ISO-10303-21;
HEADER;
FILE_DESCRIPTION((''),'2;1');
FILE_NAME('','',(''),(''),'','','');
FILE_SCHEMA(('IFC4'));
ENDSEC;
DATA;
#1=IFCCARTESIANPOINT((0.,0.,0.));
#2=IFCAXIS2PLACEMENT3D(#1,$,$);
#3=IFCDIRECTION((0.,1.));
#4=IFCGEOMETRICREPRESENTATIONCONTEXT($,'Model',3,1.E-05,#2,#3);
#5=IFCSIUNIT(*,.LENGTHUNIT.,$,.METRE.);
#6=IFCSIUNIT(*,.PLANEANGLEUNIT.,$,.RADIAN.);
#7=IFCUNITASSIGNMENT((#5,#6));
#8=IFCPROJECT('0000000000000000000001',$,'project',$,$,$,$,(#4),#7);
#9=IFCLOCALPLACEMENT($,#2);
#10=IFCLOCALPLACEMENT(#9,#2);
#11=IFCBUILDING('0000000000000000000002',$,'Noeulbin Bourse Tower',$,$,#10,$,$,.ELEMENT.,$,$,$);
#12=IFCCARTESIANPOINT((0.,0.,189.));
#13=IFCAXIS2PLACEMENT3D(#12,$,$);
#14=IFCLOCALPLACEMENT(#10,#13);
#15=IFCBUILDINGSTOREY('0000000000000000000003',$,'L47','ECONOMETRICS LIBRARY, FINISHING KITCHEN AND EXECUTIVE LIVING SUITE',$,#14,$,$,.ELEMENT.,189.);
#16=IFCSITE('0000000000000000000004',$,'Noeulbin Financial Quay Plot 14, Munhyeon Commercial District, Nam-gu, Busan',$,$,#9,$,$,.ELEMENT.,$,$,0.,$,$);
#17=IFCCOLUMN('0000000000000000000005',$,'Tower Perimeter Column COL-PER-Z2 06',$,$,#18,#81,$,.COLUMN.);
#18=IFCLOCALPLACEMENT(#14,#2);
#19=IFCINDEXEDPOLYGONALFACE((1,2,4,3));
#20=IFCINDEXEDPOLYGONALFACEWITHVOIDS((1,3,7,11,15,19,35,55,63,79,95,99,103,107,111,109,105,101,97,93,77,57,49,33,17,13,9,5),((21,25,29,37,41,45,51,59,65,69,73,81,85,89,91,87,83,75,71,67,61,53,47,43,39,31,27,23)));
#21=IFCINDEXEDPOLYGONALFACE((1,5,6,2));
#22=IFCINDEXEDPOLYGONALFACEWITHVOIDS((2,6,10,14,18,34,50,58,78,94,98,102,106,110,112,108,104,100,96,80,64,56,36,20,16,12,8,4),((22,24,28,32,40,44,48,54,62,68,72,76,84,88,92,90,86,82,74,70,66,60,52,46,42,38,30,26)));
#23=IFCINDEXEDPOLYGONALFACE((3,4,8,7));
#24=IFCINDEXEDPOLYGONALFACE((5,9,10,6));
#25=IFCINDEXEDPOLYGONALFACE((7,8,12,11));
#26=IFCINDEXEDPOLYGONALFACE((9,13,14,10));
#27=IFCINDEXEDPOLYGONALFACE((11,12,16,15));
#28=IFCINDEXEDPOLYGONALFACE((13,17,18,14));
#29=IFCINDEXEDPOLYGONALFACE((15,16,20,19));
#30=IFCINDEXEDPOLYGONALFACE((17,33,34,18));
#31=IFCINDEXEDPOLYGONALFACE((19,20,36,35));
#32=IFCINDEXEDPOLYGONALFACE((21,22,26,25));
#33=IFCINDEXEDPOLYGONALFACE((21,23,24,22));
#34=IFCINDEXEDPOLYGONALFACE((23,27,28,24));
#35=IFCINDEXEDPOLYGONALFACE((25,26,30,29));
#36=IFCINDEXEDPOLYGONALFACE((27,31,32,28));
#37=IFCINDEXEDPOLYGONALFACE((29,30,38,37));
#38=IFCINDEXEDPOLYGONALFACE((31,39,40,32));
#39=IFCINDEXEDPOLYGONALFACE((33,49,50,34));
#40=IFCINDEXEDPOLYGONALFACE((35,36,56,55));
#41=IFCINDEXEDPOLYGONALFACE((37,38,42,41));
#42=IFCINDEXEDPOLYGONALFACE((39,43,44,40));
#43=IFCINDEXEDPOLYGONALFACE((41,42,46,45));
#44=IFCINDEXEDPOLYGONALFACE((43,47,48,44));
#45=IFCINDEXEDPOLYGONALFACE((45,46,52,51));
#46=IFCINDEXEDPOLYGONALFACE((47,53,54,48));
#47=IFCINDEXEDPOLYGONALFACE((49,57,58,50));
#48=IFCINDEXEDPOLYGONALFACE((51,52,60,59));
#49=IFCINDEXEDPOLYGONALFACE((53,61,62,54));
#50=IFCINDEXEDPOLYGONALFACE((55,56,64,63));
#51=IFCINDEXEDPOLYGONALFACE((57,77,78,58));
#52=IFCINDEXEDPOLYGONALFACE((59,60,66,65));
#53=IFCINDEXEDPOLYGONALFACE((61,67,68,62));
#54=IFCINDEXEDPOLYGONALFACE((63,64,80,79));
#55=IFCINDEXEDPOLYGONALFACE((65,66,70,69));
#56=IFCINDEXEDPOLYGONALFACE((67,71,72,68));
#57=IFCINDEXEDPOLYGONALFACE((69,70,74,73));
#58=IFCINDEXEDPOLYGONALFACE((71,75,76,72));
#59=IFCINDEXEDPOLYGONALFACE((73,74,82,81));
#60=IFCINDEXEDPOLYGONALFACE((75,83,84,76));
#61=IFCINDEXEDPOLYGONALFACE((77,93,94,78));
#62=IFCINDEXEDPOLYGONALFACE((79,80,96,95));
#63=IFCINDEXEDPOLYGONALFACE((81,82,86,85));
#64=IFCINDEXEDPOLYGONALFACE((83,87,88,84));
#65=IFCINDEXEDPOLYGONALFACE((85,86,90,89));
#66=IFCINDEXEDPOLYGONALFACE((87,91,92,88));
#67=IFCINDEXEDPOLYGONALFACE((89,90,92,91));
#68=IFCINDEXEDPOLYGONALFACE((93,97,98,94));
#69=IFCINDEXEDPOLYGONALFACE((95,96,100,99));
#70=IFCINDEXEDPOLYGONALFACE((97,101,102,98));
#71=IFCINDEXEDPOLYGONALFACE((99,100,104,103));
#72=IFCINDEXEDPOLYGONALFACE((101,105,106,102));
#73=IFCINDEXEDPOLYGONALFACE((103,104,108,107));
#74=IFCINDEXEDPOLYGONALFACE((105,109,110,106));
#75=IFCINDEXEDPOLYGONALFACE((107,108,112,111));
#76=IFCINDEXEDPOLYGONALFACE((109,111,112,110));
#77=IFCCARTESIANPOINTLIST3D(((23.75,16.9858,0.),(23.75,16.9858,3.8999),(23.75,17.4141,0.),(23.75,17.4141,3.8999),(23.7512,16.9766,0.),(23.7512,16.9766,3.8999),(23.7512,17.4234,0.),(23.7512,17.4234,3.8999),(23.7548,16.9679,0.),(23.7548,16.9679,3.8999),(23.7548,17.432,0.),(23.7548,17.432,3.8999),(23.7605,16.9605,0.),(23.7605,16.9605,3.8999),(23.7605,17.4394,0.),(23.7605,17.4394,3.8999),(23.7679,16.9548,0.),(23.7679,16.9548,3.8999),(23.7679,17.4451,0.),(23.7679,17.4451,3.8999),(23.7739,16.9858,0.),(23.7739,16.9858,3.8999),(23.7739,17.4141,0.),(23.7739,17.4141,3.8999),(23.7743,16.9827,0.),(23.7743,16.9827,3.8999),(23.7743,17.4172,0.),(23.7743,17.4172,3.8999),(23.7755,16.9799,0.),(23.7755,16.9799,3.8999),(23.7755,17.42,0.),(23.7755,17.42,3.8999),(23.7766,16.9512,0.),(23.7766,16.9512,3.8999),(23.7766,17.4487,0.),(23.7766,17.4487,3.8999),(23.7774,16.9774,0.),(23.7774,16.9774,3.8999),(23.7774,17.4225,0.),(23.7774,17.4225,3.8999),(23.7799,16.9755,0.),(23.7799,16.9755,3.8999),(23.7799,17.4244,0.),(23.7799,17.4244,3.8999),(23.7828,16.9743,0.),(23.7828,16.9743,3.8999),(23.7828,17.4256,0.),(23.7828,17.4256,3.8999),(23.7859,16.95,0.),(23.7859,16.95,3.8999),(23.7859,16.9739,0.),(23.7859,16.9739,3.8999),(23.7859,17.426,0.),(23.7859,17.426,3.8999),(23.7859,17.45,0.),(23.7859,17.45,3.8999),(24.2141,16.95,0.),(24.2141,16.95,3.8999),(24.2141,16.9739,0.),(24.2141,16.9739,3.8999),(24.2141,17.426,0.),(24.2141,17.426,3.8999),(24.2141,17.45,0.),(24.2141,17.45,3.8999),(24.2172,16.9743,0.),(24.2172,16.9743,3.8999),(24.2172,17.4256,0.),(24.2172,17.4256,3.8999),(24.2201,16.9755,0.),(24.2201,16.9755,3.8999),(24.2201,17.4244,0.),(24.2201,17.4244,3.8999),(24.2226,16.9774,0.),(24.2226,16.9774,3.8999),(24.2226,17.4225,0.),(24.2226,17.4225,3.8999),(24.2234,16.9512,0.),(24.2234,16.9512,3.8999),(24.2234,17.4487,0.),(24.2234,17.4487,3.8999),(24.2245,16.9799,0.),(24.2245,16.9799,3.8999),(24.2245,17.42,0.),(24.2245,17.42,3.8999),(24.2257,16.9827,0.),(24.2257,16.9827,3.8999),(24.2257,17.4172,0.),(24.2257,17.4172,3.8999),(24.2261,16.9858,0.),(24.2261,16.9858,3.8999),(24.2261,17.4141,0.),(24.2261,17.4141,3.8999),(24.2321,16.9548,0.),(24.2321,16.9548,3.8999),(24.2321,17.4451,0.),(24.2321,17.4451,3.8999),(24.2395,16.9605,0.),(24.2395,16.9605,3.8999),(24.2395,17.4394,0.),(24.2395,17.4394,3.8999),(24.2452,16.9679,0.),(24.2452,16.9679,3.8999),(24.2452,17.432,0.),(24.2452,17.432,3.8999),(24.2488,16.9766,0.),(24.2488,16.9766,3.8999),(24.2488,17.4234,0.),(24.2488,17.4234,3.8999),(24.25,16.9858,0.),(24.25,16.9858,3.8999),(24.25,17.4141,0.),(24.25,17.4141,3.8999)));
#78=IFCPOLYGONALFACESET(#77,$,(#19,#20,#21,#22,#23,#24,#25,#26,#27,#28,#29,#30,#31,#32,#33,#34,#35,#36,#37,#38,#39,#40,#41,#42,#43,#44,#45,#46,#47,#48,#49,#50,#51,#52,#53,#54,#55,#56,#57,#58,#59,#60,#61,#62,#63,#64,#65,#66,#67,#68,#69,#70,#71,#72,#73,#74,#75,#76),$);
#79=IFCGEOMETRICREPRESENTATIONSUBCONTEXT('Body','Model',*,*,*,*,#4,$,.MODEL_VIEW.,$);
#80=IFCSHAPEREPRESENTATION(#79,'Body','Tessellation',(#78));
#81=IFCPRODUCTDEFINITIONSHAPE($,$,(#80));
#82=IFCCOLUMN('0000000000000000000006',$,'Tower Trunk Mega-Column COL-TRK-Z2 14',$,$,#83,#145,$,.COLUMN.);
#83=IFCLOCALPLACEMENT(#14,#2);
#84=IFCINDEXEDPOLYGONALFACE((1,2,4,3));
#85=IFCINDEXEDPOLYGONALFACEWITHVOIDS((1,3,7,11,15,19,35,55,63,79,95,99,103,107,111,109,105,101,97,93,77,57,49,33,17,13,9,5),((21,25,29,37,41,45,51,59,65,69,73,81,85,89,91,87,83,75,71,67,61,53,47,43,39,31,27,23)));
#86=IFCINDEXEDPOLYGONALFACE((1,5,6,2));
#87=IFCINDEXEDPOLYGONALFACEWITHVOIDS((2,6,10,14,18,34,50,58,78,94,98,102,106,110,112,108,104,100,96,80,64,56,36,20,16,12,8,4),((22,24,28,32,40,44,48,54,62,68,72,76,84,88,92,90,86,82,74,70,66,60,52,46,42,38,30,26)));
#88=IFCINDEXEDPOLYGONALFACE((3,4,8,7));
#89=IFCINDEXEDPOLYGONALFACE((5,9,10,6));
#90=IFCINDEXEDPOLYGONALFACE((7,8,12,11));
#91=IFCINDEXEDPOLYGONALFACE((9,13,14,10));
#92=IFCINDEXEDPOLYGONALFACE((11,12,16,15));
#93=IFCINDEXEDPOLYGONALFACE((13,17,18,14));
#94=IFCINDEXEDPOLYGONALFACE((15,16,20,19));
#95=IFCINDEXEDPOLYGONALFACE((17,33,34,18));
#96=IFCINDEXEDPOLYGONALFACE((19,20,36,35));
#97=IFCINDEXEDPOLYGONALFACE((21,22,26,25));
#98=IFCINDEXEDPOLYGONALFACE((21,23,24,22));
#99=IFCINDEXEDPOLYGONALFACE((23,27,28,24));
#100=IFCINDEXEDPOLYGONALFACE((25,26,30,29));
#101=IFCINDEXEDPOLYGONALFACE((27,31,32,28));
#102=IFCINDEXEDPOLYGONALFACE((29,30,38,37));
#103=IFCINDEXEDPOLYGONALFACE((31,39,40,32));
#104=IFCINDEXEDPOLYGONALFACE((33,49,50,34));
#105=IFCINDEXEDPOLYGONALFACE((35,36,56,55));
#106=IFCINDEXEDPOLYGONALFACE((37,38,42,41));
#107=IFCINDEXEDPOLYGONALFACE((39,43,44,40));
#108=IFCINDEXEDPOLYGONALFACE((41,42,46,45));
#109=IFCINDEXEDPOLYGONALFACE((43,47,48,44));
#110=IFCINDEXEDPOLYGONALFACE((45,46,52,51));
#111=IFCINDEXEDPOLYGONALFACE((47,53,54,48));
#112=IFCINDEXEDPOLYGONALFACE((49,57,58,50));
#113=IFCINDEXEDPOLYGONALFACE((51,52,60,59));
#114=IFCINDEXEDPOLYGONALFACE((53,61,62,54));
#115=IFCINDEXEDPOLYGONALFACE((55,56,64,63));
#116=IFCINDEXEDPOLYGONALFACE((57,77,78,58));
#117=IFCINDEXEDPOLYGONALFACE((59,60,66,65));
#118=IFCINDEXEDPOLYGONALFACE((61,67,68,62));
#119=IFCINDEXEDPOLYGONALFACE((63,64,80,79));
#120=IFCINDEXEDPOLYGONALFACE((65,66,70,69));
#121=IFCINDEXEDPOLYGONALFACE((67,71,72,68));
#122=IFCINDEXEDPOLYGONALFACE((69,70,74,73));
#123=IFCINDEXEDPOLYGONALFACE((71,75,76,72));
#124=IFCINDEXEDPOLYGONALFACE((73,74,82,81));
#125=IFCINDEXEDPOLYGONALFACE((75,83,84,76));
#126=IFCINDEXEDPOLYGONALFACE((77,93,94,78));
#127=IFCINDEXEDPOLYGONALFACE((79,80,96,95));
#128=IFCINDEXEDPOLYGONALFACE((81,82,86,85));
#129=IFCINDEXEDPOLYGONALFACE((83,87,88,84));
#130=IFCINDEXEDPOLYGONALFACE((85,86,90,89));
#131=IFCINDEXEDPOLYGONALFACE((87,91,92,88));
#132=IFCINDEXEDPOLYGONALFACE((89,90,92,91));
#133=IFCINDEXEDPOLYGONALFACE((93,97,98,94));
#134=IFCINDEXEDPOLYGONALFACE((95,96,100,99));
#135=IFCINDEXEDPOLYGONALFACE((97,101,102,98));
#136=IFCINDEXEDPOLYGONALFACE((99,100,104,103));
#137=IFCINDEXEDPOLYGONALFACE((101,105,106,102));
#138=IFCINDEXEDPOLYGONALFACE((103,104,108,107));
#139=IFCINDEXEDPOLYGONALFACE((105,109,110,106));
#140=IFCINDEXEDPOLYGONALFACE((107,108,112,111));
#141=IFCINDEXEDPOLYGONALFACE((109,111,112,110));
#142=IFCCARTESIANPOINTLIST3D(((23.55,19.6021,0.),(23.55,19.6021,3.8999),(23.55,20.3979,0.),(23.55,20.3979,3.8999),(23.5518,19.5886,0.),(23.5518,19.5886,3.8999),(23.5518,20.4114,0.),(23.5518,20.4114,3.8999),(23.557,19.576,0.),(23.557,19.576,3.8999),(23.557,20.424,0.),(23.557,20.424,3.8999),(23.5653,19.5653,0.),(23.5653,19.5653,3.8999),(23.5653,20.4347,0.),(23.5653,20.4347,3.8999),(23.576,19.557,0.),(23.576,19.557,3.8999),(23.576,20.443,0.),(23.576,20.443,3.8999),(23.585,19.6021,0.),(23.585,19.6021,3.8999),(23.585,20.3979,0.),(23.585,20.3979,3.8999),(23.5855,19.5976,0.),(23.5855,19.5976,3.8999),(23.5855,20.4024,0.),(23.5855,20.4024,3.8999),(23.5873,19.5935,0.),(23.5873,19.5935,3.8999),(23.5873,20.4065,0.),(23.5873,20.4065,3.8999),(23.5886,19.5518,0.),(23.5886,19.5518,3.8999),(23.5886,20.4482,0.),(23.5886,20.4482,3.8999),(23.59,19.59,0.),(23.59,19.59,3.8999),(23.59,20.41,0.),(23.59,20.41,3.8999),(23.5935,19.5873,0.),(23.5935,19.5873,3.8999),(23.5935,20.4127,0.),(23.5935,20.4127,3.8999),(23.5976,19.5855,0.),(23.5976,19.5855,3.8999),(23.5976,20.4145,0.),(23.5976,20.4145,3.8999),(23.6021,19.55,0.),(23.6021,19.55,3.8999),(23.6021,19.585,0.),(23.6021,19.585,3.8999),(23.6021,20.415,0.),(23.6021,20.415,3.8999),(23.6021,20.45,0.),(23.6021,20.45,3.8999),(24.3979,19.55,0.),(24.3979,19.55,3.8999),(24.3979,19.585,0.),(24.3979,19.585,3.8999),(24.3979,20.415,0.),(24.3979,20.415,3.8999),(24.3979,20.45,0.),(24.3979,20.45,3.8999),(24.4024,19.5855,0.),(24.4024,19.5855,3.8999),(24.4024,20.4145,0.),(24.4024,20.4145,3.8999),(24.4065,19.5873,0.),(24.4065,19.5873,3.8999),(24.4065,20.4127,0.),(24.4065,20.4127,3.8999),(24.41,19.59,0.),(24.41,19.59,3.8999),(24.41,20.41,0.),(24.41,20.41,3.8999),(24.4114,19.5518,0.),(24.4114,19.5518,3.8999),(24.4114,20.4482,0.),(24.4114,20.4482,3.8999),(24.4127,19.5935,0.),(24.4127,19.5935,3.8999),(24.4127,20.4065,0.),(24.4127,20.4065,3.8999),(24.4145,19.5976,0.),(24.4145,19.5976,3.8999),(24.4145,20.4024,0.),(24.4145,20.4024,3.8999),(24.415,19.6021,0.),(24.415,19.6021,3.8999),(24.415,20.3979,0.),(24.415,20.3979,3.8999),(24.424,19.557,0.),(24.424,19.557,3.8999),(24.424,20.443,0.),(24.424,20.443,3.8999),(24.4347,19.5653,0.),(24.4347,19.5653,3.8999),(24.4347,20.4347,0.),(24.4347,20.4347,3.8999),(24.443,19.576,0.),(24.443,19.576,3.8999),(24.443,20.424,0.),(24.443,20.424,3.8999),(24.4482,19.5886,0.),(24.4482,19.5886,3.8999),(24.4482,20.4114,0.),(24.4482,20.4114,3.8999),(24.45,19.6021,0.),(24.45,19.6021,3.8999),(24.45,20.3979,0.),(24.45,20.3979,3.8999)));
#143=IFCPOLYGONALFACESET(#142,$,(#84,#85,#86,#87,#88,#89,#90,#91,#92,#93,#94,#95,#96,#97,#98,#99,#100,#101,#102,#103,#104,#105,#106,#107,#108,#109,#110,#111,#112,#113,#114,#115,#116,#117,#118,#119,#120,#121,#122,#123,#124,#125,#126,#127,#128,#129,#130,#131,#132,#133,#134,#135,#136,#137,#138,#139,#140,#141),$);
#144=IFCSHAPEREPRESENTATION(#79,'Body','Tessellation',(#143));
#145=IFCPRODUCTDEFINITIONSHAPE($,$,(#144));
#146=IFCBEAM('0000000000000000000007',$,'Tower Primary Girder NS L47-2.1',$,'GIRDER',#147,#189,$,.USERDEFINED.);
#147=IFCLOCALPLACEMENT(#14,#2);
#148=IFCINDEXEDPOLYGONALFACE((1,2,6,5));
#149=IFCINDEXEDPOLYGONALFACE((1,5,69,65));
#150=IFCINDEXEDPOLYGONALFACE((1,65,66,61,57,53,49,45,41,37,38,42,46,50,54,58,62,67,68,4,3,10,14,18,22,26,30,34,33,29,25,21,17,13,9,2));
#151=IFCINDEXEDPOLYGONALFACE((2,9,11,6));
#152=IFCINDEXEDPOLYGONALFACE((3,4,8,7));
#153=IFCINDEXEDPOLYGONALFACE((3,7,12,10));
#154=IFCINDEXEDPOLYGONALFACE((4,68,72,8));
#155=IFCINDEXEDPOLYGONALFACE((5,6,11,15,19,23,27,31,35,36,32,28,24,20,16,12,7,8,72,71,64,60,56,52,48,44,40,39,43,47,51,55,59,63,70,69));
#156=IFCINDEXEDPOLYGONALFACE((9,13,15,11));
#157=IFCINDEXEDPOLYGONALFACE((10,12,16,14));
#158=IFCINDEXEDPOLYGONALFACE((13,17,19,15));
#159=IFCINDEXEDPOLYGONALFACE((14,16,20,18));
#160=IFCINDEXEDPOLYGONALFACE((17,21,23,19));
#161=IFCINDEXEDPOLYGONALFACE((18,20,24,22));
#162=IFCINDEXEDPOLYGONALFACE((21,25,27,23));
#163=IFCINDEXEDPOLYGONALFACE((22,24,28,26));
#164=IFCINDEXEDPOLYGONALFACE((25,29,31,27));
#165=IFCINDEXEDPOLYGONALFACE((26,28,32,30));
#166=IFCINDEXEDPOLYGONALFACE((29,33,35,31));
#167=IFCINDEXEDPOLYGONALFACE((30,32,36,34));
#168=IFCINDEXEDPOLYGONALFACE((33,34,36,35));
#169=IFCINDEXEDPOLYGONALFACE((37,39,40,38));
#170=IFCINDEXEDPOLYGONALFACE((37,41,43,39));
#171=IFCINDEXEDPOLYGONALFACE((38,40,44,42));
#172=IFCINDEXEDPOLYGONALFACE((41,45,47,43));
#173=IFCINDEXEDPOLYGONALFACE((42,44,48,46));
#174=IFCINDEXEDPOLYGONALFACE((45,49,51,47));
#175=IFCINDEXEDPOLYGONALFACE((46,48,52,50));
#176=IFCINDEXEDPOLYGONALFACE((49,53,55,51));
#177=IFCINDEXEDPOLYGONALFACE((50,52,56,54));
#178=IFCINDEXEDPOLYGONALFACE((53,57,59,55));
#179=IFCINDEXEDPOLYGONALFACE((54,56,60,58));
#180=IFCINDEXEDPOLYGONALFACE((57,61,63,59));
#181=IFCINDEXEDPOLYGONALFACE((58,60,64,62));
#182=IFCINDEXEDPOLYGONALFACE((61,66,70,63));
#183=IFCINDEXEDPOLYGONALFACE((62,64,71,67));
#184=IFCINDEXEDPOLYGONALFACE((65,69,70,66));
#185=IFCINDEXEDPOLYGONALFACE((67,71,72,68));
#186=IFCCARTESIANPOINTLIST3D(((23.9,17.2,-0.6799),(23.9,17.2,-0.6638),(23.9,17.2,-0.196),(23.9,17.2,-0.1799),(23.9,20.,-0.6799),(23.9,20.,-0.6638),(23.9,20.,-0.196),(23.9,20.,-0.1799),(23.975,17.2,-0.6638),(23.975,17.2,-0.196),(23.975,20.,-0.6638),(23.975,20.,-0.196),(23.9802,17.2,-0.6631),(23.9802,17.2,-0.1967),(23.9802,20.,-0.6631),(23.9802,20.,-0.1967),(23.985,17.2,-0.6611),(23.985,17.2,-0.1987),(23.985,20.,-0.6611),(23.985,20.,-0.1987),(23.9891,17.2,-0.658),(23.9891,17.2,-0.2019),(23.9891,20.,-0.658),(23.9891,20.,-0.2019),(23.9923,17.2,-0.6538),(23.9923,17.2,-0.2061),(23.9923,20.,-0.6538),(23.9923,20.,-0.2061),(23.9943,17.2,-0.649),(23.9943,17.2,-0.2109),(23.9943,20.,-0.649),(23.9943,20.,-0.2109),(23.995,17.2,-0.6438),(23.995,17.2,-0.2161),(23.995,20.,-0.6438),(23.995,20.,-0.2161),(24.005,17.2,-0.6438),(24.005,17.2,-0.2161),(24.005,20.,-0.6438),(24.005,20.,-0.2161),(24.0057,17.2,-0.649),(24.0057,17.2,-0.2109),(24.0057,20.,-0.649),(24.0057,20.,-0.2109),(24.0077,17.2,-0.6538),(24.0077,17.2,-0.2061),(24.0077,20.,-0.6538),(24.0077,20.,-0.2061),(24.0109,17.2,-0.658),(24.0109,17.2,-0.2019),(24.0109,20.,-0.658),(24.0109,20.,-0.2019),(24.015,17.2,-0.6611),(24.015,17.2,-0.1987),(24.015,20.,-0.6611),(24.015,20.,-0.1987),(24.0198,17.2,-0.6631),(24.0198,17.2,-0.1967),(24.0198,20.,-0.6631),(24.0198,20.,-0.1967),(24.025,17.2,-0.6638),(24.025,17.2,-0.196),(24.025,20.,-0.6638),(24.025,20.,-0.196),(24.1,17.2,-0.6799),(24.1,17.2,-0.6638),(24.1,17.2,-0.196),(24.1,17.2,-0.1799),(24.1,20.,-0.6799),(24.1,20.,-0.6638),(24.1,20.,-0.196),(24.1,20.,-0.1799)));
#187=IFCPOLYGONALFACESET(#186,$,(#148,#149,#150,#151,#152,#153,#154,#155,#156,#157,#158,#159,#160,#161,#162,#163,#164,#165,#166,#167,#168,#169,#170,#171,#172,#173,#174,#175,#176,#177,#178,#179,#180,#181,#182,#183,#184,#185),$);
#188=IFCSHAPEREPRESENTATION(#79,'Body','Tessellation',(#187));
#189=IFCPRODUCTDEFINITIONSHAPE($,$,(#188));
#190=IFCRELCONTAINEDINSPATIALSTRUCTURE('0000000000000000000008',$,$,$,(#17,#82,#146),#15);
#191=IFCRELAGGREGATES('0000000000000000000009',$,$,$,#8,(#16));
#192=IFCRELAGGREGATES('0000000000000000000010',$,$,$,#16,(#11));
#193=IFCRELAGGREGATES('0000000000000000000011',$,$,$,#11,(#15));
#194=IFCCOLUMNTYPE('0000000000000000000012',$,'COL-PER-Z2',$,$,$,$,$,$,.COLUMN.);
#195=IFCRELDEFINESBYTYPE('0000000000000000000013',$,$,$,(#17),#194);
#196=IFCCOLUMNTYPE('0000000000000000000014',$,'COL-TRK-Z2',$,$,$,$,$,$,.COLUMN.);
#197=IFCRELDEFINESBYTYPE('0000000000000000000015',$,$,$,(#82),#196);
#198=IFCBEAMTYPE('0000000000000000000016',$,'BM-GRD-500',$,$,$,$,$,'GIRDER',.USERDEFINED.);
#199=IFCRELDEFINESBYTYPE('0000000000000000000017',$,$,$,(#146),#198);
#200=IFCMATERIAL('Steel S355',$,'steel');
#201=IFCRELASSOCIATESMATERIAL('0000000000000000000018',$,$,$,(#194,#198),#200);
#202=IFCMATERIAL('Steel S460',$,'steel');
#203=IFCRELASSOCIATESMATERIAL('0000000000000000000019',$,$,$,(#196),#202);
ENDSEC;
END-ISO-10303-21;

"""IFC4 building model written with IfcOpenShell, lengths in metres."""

from ifc_helpers import new_model, si_unit, direction, frame, origin, origin_2d, place, context, subcontext, project, spatial, hollow_rectangle, i_section, extrude, material, material_profile, profile_set, type_object, element, save


model = new_model("IFC4")

# Units and contexts
model_context = context("Model", 3, precision=1e-05, world=origin(), true_north=direction((0.0, 1.0)))
body_context = subcontext(model_context, "Body", "Model", "MODEL_VIEW")
ifc_project = project(units=[si_unit("LENGTHUNIT", "METRE"), si_unit("PLANEANGLEUNIT", "RADIAN")], contexts=[model_context])

# Site, building, storey
site_placement = place(None, origin())
site = spatial("IfcSite", under=ifc_project, at=site_placement, Name="Noeulbin Financial Quay Plot 14, Munhyeon Commercial District, Nam-gu, Busan", CompositionType="ELEMENT", RefElevation=0.0)
building_placement = place(site_placement, origin())
building = spatial("IfcBuilding", under=site, at=building_placement, Name="Noeulbin Bourse Tower", CompositionType="ELEMENT")
storey_placement = place(building_placement, frame((0.0, 0.0, 189.0)))
storey = spatial("IfcBuildingStorey", under=building, at=storey_placement, Name="L47", Description="ECONOMETRICS LIBRARY, FINISHING KITCHEN AND EXECUTIVE LIVING SUITE", CompositionType="ELEMENT", Elevation=189.0)

# Columns
ifc_material_1 = material(Name="Steel S355", Category="steel")
ifc_material_profile_1 = material_profile(ifc_material_1, hollow_rectangle(XDim=0.5, YDim=0.5, WallThickness=0.0239, InnerFilletRadius=0.012, OuterFilletRadius=0.0359, at=origin_2d()), Name="BOX-500x500x24", Category="LoadBearing")
ifc_profile_set_1 = profile_set([ifc_material_profile_1], Name="Steel S355")
column_type_1 = type_object("IfcColumnType", Name="COL-PER-Z2", PredefinedType="COLUMN", material=ifc_profile_set_1)
column_1_placement = place(storey_placement, frame((24.0, 17.2, 0.0), z_axis=(0.0, 0.0, 1.0), x_axis=(1.0, 0.0, 0.0)))
element("IfcColumn", 1, at=column_1_placement, inside=storey, type_object=column_type_1, Name="Tower Perimeter Column COL-PER-Z2 06", PredefinedType="COLUMN", context=body_context, shape_type="SweptSolid", body=[
    extrude(hollow_rectangle(XDim=0.5, YDim=0.5, WallThickness=0.0239, InnerFilletRadius=0.012, OuterFilletRadius=0.0359, at=origin_2d()), origin(), (0.0, 0.0, 1.0), 3.8999),
])
ifc_material_2 = material(Name="Steel S460", Category="steel")
ifc_material_profile_2 = material_profile(ifc_material_2, hollow_rectangle(XDim=0.8999, YDim=0.8999, WallThickness=0.0349, InnerFilletRadius=0.0171, OuterFilletRadius=0.052, at=origin_2d()), Name="BOX-900x900x35", Category="LoadBearing")
ifc_profile_set_2 = profile_set([ifc_material_profile_2], Name="Steel S460")
column_type_2 = type_object("IfcColumnType", Name="COL-TRK-Z2", PredefinedType="COLUMN", material=ifc_profile_set_2)
column_2_placement = place(storey_placement, frame((24.0, 20.0, 0.0), z_axis=(0.0, 0.0, 1.0), x_axis=(1.0, 0.0, 0.0)))
element("IfcColumn", 2, at=column_2_placement, inside=storey, type_object=column_type_2, Name="Tower Trunk Mega-Column COL-TRK-Z2 14", PredefinedType="COLUMN", context=body_context, shape_type="SweptSolid", body=[
    extrude(hollow_rectangle(XDim=0.8999, YDim=0.8999, WallThickness=0.0349, InnerFilletRadius=0.0171, OuterFilletRadius=0.052, at=origin_2d()), origin(), (0.0, 0.0, 1.0), 3.8999),
])

# Beam
ifc_material_profile_3 = material_profile(ifc_material_1, i_section(OverallWidth=0.2, OverallDepth=0.5, WebThickness=0.01, FlangeThickness=0.0161, FilletRadius=0.02, at=origin_2d()), Name="H-500x200x10x16", Category="LoadBearing")
ifc_profile_set_3 = profile_set([ifc_material_profile_3], Name="Steel S355")
beam_type_1 = type_object("IfcBeamType", Name="BM-GRD-500", ElementType="GIRDER", PredefinedType="USERDEFINED", material=ifc_profile_set_3)
beam_1_placement = place(storey_placement, frame((24.0, 17.2, -0.4299), z_axis=(0.0, 1.0, 0.0), x_axis=(-1.0, 0.0, 0.0)))
element("IfcBeam", 3, at=beam_1_placement, inside=storey, type_object=beam_type_1, Name="Tower Primary Girder NS L47-2.1", ObjectType="GIRDER", PredefinedType="USERDEFINED", context=body_context, shape_type="SweptSolid", body=[
    extrude(i_section(OverallWidth=0.2, OverallDepth=0.5, WebThickness=0.01, FlangeThickness=0.0161, FilletRadius=0.02, at=origin_2d()), origin(), (0.0, 0.0, 1.0), 2.8),
])

save(model, "model.ifc")
